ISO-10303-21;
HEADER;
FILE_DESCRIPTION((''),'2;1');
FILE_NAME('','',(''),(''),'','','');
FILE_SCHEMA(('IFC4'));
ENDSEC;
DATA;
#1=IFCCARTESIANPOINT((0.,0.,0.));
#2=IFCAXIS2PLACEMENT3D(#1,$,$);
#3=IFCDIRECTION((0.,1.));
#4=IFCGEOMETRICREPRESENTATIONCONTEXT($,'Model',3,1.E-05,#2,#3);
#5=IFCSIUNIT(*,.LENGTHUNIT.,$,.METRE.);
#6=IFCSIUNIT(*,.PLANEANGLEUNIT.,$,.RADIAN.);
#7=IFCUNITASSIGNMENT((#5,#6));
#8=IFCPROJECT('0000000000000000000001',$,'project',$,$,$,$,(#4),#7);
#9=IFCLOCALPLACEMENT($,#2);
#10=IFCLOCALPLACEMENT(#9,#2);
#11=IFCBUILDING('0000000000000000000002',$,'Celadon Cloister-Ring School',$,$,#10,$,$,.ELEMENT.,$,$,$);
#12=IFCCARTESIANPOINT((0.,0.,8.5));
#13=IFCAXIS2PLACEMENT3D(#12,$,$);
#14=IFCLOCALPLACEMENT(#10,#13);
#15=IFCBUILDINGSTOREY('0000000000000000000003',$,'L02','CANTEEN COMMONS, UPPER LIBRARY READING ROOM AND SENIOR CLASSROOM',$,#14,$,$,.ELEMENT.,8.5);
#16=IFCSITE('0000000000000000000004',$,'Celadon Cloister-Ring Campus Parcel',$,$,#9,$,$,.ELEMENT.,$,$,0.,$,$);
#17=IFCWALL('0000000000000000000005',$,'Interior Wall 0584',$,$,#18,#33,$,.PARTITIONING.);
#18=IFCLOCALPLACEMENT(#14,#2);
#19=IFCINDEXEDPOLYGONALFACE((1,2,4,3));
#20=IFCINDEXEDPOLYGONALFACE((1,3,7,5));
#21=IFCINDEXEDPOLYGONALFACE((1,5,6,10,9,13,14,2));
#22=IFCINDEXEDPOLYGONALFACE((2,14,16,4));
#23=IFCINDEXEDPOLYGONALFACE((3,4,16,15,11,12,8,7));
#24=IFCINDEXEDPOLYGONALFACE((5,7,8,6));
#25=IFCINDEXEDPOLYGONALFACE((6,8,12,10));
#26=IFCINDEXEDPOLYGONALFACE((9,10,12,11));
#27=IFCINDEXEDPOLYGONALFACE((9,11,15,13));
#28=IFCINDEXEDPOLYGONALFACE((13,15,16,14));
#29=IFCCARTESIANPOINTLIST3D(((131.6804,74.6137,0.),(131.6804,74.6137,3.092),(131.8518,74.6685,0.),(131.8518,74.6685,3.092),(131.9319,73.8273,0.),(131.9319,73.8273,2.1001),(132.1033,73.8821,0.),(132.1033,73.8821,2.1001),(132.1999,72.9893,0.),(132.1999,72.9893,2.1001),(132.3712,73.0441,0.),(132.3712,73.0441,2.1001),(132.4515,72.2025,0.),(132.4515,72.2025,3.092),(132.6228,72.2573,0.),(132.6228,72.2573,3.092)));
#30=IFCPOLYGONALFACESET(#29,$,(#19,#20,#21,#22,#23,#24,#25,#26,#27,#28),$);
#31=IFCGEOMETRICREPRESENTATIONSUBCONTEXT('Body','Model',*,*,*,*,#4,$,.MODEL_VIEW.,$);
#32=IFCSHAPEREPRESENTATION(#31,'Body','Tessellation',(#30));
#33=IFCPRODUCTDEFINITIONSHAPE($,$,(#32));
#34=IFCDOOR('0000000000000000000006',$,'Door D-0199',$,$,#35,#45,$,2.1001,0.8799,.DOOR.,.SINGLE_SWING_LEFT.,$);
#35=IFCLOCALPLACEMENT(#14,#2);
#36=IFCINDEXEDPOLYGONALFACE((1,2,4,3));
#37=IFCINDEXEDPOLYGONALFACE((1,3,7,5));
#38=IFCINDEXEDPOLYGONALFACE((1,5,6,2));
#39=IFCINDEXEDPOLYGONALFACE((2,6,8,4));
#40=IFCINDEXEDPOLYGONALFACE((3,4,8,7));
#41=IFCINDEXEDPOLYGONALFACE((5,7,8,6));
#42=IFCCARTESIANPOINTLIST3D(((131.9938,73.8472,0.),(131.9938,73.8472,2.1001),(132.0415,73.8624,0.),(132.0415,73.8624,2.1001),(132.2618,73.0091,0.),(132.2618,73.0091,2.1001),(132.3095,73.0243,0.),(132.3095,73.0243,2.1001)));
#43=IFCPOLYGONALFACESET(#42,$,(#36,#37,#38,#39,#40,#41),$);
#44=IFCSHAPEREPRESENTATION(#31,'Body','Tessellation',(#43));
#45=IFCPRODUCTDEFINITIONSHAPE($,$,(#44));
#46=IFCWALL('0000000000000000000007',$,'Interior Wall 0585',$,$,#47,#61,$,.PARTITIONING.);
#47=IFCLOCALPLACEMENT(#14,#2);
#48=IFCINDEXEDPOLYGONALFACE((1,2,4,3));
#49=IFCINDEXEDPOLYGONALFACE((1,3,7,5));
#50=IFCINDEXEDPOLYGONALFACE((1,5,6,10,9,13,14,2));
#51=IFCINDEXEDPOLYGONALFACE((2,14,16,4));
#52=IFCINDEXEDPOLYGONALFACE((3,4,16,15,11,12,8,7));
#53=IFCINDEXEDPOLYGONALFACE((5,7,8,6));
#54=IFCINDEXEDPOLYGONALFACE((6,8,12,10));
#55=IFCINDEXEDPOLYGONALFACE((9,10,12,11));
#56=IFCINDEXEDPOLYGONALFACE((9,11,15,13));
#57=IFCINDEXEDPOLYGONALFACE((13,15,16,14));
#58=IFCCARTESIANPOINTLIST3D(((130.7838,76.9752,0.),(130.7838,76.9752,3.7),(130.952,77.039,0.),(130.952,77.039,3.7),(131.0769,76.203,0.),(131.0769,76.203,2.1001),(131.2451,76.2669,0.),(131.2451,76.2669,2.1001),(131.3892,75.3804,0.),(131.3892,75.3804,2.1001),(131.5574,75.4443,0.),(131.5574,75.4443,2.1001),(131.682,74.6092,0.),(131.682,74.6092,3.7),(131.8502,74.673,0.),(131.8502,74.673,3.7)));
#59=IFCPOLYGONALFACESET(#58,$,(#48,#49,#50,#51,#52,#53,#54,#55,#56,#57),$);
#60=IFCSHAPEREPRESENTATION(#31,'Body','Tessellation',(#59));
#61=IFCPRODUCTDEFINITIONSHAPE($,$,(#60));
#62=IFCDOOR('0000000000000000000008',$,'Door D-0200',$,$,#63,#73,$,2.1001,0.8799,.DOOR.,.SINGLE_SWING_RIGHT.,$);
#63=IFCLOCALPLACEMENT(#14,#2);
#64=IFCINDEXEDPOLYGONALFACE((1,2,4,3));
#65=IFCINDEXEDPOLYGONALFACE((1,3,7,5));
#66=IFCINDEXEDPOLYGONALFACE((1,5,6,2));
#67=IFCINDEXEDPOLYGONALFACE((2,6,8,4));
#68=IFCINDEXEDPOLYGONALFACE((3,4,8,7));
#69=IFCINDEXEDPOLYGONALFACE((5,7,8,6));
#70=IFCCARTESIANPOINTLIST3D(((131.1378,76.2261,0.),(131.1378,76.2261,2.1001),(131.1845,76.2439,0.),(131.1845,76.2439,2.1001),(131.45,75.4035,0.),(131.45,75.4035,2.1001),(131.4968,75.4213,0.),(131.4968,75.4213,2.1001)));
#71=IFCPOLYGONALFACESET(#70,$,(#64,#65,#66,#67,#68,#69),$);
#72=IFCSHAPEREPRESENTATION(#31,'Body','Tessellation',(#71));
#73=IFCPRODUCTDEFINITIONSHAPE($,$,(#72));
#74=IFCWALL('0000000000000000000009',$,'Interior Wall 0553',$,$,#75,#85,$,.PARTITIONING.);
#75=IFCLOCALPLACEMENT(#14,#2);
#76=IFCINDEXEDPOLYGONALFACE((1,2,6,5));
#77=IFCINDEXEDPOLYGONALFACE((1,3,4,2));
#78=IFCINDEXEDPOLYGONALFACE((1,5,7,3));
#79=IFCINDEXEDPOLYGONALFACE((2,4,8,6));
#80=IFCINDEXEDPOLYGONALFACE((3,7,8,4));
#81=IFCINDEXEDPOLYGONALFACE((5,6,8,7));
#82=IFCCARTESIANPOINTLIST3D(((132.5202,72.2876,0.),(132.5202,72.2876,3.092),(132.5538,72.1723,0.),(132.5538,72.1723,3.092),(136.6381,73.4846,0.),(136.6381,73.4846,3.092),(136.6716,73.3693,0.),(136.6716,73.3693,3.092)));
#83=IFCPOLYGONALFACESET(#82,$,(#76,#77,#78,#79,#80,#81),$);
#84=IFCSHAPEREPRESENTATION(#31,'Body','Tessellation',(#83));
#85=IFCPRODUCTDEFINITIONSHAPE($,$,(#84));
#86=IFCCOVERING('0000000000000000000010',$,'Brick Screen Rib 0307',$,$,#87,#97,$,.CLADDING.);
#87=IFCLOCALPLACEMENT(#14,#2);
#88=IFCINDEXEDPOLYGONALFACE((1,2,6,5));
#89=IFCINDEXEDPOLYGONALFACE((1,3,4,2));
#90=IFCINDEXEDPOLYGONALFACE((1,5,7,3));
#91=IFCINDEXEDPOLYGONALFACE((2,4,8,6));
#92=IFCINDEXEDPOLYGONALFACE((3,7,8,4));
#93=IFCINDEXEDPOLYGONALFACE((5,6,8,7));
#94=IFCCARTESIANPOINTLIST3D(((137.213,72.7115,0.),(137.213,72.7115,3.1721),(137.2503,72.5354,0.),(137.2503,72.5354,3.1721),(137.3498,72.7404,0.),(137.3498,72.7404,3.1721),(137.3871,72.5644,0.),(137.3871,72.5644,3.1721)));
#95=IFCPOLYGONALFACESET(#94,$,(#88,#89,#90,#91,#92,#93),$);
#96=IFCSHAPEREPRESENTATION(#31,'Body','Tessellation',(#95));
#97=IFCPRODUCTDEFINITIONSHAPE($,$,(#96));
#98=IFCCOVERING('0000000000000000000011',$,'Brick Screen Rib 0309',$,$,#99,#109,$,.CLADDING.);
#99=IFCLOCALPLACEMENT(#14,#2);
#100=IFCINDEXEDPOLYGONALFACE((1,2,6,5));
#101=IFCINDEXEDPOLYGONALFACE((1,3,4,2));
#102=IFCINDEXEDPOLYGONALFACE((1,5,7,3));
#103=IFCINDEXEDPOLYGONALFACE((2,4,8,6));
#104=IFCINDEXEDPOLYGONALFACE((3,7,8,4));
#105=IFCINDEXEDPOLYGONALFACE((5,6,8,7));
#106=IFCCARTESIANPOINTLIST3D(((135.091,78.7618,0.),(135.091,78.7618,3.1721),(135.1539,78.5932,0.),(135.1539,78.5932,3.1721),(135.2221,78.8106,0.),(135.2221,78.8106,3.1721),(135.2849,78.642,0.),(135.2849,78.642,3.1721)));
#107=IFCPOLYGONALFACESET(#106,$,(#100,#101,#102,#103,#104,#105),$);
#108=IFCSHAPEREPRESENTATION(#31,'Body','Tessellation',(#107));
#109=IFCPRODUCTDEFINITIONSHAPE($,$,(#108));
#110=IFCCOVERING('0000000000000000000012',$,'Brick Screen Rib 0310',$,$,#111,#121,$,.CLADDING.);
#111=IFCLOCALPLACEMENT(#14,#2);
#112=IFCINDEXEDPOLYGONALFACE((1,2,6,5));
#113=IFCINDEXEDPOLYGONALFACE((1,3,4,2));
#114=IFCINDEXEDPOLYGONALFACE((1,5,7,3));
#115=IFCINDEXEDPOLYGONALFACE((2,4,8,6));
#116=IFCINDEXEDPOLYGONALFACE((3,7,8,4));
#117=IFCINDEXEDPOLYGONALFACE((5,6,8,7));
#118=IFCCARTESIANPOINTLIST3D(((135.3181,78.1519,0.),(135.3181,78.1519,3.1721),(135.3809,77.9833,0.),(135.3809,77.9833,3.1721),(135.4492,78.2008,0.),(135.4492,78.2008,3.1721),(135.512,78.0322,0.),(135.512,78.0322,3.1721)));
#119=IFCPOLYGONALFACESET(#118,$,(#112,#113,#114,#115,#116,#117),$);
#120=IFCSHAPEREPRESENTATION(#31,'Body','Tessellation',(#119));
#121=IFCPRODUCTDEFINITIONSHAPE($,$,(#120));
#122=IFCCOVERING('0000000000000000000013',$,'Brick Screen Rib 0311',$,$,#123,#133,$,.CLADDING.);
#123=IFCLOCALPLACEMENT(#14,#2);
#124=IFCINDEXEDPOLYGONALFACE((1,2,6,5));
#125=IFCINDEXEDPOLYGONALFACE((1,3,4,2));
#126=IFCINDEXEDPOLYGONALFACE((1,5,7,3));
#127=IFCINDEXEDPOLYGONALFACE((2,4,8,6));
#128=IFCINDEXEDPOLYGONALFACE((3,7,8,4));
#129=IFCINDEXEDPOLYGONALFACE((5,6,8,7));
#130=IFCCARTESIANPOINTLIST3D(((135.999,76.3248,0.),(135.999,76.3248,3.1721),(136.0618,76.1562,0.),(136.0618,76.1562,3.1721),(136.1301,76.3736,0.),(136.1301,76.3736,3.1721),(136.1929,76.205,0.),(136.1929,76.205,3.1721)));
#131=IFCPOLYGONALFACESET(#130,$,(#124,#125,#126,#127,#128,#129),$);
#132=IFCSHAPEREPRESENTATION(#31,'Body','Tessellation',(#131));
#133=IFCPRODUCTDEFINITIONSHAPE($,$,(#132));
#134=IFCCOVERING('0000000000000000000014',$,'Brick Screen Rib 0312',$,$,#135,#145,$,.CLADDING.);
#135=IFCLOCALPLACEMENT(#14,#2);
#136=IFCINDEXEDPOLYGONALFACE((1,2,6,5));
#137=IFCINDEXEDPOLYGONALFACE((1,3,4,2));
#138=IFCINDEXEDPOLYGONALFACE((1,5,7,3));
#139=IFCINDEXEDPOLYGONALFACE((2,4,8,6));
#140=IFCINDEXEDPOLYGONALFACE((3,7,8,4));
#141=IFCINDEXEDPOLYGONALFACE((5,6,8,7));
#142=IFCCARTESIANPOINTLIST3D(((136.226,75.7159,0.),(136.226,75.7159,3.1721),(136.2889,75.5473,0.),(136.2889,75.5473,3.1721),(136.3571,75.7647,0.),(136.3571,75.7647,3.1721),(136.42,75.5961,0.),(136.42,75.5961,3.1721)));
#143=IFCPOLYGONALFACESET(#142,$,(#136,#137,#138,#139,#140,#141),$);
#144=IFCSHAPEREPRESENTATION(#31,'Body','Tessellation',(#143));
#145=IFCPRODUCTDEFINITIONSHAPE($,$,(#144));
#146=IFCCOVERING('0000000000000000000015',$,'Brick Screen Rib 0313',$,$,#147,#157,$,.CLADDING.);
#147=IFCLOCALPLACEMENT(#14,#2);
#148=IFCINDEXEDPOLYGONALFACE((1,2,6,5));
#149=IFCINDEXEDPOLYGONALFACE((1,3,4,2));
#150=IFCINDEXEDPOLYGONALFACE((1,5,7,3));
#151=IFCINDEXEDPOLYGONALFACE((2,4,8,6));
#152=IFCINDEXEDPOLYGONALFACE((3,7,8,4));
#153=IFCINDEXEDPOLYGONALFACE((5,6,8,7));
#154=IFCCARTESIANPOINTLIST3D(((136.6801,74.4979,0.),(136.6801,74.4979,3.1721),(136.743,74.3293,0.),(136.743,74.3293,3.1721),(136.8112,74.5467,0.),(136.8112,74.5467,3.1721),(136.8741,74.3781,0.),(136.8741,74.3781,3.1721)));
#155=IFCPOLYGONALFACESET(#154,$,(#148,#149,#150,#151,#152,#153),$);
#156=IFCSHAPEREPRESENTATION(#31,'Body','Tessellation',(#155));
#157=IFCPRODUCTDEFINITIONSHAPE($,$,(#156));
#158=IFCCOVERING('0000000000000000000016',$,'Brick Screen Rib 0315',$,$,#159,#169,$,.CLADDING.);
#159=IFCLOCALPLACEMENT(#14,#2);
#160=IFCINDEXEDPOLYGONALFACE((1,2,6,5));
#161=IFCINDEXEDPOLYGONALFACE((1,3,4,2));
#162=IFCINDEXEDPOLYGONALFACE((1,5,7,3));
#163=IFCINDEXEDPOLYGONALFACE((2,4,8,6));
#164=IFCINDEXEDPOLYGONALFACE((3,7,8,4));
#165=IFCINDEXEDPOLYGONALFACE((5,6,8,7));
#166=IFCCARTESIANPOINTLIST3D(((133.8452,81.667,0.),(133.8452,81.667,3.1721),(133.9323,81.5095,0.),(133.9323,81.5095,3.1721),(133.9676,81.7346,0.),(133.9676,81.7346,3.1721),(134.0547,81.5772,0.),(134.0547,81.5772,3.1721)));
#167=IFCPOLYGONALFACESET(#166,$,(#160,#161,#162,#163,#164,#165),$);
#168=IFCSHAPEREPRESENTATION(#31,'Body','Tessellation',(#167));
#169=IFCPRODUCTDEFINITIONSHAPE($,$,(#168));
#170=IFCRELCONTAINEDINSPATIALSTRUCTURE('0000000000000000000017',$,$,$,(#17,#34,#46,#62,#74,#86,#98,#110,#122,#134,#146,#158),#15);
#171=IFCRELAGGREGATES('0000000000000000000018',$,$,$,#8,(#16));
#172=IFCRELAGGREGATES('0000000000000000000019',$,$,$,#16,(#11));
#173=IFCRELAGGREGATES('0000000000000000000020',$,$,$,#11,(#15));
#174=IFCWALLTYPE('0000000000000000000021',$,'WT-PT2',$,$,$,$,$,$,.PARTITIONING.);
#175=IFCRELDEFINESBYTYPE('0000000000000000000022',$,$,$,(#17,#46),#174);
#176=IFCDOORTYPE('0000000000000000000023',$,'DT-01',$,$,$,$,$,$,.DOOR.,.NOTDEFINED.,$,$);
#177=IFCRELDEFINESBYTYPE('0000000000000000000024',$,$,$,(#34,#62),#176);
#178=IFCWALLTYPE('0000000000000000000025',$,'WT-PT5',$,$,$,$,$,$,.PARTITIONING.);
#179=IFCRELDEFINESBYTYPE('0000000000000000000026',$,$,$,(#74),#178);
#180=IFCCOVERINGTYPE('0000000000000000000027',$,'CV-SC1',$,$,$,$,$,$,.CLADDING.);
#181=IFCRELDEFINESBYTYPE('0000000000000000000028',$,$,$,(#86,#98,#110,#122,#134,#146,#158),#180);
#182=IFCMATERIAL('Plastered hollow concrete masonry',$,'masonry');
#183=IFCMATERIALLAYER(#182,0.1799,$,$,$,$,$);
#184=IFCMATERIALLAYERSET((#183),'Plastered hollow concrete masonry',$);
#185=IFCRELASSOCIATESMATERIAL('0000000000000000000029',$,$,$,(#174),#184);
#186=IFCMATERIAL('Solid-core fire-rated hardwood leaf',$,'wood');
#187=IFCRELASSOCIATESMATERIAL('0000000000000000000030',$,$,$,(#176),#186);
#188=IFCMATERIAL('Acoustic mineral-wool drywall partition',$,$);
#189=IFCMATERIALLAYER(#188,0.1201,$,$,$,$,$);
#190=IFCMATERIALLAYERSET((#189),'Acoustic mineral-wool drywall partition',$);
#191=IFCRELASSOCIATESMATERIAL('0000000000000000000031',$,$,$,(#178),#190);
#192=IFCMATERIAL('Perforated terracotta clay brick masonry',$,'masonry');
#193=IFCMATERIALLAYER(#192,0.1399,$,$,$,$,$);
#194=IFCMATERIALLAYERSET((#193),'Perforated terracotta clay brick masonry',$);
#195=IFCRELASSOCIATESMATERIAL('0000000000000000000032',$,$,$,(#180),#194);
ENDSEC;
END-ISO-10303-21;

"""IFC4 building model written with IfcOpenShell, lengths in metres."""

from ifc_helpers import new_model, si_unit, direction, frame, frame_2d, origin, origin_2d, place, context, subcontext, project, spatial, rectangle, extrude, material, layer, layer_set, type_object, element, fill, save


model = new_model("IFC4")

# Units and contexts
model_context = context("Model", 3, precision=1e-05, world=origin(), true_north=direction((0.0, 1.0)))
body_context = subcontext(model_context, "Body", "Model", "MODEL_VIEW")
ifc_project = project(units=[si_unit("LENGTHUNIT", "METRE"), si_unit("PLANEANGLEUNIT", "RADIAN")], contexts=[model_context])

# Site, building, storey
site_placement = place(None, origin())
site = spatial("IfcSite", under=ifc_project, at=site_placement, Name="Celadon Cloister-Ring Campus Parcel", CompositionType="ELEMENT", RefElevation=0.0)
building_placement = place(site_placement, origin())
building = spatial("IfcBuilding", under=site, at=building_placement, Name="Celadon Cloister-Ring School", CompositionType="ELEMENT")
storey_placement = place(building_placement, frame((0.0, 0.0, 8.5)))
storey = spatial("IfcBuildingStorey", under=building, at=storey_placement, Name="L02", Description="CANTEEN COMMONS, UPPER LIBRARY READING ROOM AND SENIOR CLASSROOM", CompositionType="ELEMENT", Elevation=8.5)

# Walls, openings, doors
ifc_material_1 = material(Name="Plastered hollow concrete masonry", Category="masonry")
ifc_layer_1 = layer(ifc_material_1, 0.1799)
ifc_layer_set_1 = layer_set([ifc_layer_1], Name="Plastered hollow concrete masonry")
wall_type_1 = type_object("IfcWallType", Name="WT-PT2", PredefinedType="PARTITIONING", material=ifc_layer_set_1)
wall_1_placement = place(storey_placement, frame((132.5371, 72.23, 0.0), z_axis=(0.0, 0.0, 1.0), x_axis=(-0.304573, 0.952489, 0.0)))
wall_1 = element("IfcWall", 1, at=wall_1_placement, inside=storey, type_object=wall_type_1, Name="Interior Wall 0584", PredefinedType="PARTITIONING", context=body_context, shape_type="SweptSolid", body=[
    extrude(rectangle(XDim=2.5315, YDim=0.1799, at=frame_2d((1.2656, 0.0))), origin(), (0.0, 0.0, 1.0), 3.092),
])
opening_1_placement = place(wall_1_placement, frame((0.8259, 0.0, 0.0)))
opening_1 = element("IfcOpeningElement", 2, at=opening_1_placement, cuts=wall_1, PredefinedType="OPENING", context=body_context, shape_type="SweptSolid", body=[
    extrude(rectangle(XDim=0.8799, YDim=2.1001, at=frame_2d((0.4399, 1.05))), frame((0.0, 0.1001, 0.0), z_axis=(0.0, -1.0, 0.0), x_axis=(1.0, 0.0, 0.0)), (0.0, 0.0, 1.0), 0.2),
])
ifc_material_2 = material(Name="Solid-core fire-rated hardwood leaf", Category="wood")
door_type = type_object("IfcDoorType", Name="DT-01", OperationType="NOTDEFINED", PredefinedType="DOOR", material=ifc_material_2)
door_1_placement = place(opening_1_placement, origin())
door_1 = element("IfcDoor", 3, at=door_1_placement, inside=storey, type_object=door_type, Name="Door D-0199", OperationType="SINGLE_SWING_LEFT", OverallHeight=2.1001, OverallWidth=0.8799, PredefinedType="DOOR", context=body_context, shape_type="SweptSolid", body=[
    extrude(rectangle(XDim=0.8799, YDim=2.1001, at=frame_2d((0.4399, 1.05))), frame((0.0, 0.0249, 0.0), z_axis=(0.0, -1.0, 0.0), x_axis=(1.0, 0.0, 0.0)), (0.0, 0.0, 1.0), 0.05),
])
fill(opening_1, door_1)
wall_2_placement = place(storey_placement, frame((131.7661, 74.6411, 0.0), z_axis=(0.0, 0.0, 1.0), x_axis=(-0.354916, 0.934898, 0.0)))
wall_2 = element("IfcWall", 4, at=wall_2_placement, inside=storey, type_object=wall_type_1, Name="Interior Wall 0585", PredefinedType="PARTITIONING", context=body_context, shape_type="SweptSolid", body=[
    extrude(rectangle(XDim=2.5308, YDim=0.1799, at=frame_2d((1.2654, 0.0))), origin(), (0.0, 0.0, 1.0), 3.7),
])
opening_2_placement = place(wall_2_placement, frame((0.825, 0.0, 0.0)))
opening_2 = element("IfcOpeningElement", 5, at=opening_2_placement, cuts=wall_2, PredefinedType="OPENING", context=body_context, shape_type="SweptSolid", body=[
    extrude(rectangle(XDim=0.8799, YDim=2.1001, at=frame_2d((0.4399, 1.05))), frame((0.0, 0.1001, 0.0), z_axis=(0.0, -1.0, 0.0), x_axis=(1.0, 0.0, 0.0)), (0.0, 0.0, 1.0), 0.2),
])
door_2_placement = place(opening_2_placement, origin())
door_2 = element("IfcDoor", 6, at=door_2_placement, inside=storey, type_object=door_type, Name="Door D-0200", OperationType="SINGLE_SWING_RIGHT", OverallHeight=2.1001, OverallWidth=0.8799, PredefinedType="DOOR", context=body_context, shape_type="SweptSolid", body=[
    extrude(rectangle(XDim=0.8799, YDim=2.1001, at=frame_2d((0.4399, 1.05))), frame((0.0, 0.0249, 0.0), z_axis=(0.0, -1.0, 0.0), x_axis=(1.0, 0.0, 0.0)), (0.0, 0.0, 1.0), 0.05),
])
fill(opening_2, door_2)

# Wall
ifc_material_3 = material(Name="Acoustic mineral-wool drywall partition")
ifc_layer_2 = layer(ifc_material_3, 0.1201)
ifc_layer_set_2 = layer_set([ifc_layer_2], Name="Acoustic mineral-wool drywall partition")
wall_type_2 = type_object("IfcWallType", Name="WT-PT5", PredefinedType="PARTITIONING", material=ifc_layer_set_2)
wall_3_placement = place(storey_placement, frame((132.5371, 72.23, 0.0), z_axis=(0.0, 0.0, 1.0), x_axis=(0.960253, 0.279132, 0.0)))
element("IfcWall", 7, at=wall_3_placement, inside=storey, type_object=wall_type_2, Name="Interior Wall 0553", PredefinedType="PARTITIONING", context=body_context, shape_type="SweptSolid", body=[
    extrude(rectangle(XDim=4.2883, YDim=0.1201, at=frame_2d((2.144, 0.0))), origin(), (0.0, 0.0, 1.0), 3.092),
])

# Coverings
ifc_material_4 = material(Name="Perforated terracotta clay brick masonry", Category="masonry")
ifc_layer_3 = layer(ifc_material_4, 0.1399)
ifc_layer_set_3 = layer_set([ifc_layer_3], Name="Perforated terracotta clay brick masonry")
covering_type = type_object("IfcCoveringType", Name="CV-SC1", PredefinedType="CLADDING", material=ifc_layer_set_3)
for number, where, z_axis, x_axis, name in (
    (8, (137.3, 72.6379, 0.0), (0.0, 0.0, 1.0), (0.207263, -0.978285, 0.0), "Brick Screen Rib 0307"),
    (9, (135.188, 78.7019, 0.0), (0.0, 0.0, 1.0), (0.34921, -0.937045, 0.0), "Brick Screen Rib 0309"),
    (10, (135.415, 78.092, 0.0), (0.0, 0.0, 1.0), (0.34921, -0.937045, 0.0), "Brick Screen Rib 0310"),
    (11, (136.0959, 76.2649, 0.0), (0.0, 0.0, 1.0), (0.34921, -0.937045, 0.0), "Brick Screen Rib 0311"),
    (12, (136.323, 75.656, 0.0), (0.0, 0.0, 1.0), (0.34921, -0.937045, 0.0), "Brick Screen Rib 0312"),
    (13, (136.7771, 74.438, 0.0), (0.0, 0.0, 1.0), (0.34921, -0.937045, 0.0), "Brick Screen Rib 0313"),
    (14, (133.95, 81.6221, 0.0), (0.0, 0.0, 1.0), (0.483832, -0.875161, 0.0), "Brick Screen Rib 0315"),
):
    element("IfcCovering", number, at=place(storey_placement, frame(where, z_axis=z_axis, x_axis=x_axis)), inside=storey, type_object=covering_type, Name=name, PredefinedType="CLADDING", context=body_context, shape_type="SweptSolid", body=[
        extrude(rectangle(XDim=0.1799, YDim=0.1399, at=origin_2d()), origin(), (0.0, 0.0, 1.0), 3.1721),
    ])

save(model, "model.ifc")
